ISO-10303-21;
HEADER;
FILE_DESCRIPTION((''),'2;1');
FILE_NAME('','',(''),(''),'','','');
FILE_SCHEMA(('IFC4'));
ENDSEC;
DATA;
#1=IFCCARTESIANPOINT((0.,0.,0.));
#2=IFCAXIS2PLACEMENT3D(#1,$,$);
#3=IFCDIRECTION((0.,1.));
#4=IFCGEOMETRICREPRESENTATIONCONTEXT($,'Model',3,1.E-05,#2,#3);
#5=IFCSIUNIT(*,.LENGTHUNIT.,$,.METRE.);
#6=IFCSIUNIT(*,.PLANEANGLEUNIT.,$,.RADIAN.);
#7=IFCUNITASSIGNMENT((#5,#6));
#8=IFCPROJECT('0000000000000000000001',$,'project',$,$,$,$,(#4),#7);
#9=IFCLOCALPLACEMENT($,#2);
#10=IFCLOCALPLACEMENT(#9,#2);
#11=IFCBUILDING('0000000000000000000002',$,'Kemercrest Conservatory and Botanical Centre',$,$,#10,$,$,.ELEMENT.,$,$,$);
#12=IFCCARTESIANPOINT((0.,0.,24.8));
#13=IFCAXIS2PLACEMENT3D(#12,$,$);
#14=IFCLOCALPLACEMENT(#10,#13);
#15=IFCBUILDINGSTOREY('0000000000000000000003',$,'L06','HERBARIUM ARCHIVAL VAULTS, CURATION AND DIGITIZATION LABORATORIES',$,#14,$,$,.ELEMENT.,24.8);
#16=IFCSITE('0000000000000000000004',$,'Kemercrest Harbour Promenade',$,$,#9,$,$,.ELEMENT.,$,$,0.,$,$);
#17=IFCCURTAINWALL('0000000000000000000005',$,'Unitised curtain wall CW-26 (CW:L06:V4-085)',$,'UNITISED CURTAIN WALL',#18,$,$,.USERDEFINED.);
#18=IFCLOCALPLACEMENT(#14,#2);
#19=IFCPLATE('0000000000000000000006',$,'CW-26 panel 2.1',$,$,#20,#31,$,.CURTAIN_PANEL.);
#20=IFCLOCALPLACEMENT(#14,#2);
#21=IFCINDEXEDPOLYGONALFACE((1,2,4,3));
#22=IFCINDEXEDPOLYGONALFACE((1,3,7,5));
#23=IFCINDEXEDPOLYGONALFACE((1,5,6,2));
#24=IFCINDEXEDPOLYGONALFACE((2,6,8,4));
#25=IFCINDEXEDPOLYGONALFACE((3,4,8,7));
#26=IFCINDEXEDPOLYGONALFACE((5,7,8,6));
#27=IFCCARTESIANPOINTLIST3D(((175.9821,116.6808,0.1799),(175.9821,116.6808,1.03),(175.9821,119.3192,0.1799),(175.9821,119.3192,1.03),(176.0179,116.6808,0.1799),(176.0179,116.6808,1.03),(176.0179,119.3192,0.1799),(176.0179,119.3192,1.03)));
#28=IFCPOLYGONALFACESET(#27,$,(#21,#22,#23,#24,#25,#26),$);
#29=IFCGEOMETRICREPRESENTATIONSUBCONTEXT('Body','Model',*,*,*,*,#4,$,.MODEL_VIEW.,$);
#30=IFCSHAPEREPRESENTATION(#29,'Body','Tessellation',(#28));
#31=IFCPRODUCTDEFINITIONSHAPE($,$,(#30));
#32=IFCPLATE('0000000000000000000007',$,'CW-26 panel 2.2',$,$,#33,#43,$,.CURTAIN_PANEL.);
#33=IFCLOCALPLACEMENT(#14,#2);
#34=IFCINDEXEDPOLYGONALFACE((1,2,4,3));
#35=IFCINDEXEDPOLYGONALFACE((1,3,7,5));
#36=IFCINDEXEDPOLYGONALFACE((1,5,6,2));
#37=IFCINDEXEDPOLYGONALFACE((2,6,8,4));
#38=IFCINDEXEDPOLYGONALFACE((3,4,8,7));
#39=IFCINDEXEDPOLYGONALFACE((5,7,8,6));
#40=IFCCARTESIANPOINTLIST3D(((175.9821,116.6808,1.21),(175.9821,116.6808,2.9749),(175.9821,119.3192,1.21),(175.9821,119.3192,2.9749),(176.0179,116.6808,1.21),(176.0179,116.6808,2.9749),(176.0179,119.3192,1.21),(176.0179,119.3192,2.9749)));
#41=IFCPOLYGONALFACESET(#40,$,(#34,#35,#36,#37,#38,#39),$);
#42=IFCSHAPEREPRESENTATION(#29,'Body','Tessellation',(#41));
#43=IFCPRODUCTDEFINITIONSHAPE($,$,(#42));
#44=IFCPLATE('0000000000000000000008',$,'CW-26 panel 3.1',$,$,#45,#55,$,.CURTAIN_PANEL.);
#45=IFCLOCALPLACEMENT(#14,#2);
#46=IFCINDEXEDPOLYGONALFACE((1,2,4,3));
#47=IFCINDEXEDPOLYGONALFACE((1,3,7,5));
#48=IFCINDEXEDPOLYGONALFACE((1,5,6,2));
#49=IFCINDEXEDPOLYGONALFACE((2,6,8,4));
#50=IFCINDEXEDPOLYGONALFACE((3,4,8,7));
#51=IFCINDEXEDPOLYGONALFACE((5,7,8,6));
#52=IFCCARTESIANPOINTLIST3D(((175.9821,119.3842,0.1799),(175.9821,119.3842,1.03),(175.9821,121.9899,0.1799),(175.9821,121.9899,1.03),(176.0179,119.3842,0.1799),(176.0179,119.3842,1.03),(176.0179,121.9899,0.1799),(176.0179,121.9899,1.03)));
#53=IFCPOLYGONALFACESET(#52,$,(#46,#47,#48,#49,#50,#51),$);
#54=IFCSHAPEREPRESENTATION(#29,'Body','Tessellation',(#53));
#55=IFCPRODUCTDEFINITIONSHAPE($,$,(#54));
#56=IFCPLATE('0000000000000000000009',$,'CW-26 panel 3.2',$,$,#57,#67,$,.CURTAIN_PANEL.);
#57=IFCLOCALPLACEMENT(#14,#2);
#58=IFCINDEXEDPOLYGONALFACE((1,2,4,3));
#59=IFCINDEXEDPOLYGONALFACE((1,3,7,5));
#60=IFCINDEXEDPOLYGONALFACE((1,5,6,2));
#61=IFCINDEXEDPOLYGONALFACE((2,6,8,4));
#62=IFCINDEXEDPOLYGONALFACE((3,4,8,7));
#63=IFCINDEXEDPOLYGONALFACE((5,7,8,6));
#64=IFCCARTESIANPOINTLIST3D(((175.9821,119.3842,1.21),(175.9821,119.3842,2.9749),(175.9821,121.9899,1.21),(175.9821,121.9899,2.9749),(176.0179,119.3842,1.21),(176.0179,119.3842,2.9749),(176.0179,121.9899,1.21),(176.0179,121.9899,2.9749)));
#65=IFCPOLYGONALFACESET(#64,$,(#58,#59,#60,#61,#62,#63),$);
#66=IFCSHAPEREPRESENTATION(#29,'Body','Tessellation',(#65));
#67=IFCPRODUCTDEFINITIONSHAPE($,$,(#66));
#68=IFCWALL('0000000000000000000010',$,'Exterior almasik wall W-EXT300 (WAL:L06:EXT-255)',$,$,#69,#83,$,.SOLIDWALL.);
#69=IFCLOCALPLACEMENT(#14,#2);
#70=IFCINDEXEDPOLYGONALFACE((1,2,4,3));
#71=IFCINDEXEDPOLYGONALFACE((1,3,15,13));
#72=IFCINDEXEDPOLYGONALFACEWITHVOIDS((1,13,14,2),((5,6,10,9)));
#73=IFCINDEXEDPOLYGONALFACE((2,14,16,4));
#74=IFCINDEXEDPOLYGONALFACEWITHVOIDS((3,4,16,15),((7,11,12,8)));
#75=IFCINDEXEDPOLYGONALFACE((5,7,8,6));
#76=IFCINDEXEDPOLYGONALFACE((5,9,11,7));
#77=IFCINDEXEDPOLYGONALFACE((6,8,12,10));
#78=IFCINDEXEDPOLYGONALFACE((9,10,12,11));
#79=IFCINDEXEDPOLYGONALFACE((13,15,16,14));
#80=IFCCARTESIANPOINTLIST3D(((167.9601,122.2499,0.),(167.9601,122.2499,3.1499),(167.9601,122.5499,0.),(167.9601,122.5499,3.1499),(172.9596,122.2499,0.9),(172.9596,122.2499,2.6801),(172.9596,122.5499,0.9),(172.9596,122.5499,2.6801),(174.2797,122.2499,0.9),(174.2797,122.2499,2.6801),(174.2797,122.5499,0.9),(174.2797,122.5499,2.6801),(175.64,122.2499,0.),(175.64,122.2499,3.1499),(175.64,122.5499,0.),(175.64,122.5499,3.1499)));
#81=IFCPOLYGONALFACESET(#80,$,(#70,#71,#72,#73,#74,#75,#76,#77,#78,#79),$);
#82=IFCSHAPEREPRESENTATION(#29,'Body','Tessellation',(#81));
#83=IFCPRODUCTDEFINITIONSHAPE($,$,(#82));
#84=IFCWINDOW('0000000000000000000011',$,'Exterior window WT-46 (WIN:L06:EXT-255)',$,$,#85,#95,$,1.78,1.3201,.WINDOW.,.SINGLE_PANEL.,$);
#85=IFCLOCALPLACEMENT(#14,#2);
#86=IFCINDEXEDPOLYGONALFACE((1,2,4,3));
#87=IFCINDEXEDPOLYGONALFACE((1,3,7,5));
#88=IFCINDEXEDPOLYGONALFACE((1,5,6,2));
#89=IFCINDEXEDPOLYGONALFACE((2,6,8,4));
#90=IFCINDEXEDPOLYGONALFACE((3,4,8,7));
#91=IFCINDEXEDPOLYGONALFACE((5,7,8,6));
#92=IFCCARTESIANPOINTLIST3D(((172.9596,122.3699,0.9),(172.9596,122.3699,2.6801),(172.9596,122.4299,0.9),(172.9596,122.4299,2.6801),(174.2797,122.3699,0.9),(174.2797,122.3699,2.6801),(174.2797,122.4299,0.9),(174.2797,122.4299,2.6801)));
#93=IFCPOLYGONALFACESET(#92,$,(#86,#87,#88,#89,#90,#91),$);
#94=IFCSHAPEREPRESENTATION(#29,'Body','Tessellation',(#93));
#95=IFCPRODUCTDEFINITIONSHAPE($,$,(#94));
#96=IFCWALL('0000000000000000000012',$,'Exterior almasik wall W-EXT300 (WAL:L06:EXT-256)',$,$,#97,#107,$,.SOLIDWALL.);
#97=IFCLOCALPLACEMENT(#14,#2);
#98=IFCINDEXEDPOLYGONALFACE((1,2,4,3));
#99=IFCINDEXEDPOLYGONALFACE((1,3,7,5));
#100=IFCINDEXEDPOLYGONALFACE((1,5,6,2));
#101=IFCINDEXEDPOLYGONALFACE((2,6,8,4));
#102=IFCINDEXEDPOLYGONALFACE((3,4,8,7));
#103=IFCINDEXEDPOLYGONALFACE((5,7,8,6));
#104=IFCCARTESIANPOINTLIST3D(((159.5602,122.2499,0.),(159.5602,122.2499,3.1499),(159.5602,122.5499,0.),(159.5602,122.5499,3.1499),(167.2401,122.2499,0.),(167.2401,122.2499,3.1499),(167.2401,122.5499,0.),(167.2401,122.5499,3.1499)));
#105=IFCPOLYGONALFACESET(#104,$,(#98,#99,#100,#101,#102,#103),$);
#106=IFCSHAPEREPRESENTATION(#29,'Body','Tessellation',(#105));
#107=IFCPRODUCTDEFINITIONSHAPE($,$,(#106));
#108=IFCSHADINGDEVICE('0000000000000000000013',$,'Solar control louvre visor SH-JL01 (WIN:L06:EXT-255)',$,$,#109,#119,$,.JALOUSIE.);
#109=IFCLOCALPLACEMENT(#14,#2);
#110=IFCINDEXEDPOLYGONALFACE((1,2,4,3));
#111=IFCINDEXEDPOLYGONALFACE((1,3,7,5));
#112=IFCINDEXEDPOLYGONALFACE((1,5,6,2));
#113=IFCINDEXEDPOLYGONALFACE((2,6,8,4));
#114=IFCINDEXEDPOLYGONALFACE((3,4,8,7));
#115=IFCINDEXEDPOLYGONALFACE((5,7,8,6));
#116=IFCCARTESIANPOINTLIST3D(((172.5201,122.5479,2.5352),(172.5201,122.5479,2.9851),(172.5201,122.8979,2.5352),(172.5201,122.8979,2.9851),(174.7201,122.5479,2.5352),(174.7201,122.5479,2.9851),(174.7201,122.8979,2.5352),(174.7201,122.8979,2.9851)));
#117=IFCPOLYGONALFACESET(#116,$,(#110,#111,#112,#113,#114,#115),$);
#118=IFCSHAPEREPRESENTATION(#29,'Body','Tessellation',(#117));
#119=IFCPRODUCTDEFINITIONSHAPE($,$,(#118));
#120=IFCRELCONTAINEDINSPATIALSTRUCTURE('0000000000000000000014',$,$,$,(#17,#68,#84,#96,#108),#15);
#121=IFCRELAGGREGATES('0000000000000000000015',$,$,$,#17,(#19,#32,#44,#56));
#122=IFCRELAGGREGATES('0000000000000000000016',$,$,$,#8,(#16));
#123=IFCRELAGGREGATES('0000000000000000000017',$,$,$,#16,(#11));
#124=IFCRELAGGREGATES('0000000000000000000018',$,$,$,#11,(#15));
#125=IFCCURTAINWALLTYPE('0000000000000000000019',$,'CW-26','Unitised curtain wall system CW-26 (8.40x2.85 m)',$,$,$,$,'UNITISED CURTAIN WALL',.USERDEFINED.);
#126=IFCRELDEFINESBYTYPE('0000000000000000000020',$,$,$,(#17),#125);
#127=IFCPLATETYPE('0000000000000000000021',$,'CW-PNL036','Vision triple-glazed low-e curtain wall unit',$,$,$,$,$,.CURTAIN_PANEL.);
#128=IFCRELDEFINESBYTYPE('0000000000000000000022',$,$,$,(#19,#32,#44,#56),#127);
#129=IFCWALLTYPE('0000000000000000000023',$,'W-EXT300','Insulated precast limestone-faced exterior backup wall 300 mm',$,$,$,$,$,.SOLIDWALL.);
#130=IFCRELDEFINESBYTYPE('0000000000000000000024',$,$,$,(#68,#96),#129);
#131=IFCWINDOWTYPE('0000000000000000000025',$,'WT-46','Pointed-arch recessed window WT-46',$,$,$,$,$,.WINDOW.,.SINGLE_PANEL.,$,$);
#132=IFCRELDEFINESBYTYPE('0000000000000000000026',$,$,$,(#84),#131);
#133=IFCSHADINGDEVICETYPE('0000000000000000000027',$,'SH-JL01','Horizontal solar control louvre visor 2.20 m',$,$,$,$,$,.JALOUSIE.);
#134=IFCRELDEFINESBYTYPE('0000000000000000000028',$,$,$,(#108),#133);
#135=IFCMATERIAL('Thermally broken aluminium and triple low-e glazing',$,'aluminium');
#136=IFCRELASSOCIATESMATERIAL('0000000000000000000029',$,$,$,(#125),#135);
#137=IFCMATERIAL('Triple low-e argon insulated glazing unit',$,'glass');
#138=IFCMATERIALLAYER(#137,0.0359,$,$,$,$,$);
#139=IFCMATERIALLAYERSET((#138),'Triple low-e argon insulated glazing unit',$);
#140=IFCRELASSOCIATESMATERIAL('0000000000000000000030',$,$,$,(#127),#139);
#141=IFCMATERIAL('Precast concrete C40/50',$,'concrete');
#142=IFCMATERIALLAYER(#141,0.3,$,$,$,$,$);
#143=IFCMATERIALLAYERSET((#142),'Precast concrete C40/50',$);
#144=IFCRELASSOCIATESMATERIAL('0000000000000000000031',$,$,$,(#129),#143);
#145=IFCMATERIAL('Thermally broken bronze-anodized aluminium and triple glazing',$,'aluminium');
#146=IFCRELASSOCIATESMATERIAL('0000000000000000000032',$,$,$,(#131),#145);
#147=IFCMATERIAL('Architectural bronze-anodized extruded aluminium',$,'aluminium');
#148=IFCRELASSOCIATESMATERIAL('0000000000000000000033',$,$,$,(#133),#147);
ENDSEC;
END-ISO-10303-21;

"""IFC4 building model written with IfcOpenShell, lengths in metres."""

from ifc_helpers import new_model, si_unit, direction, frame, frame_2d, origin, origin_2d, place, context, subcontext, project, spatial, rectangle, extrude, material, layer, layer_set, type_object, element, fill, aggregate, save


model = new_model("IFC4")

# Units and contexts
model_context = context("Model", 3, precision=1e-05, world=origin(), true_north=direction((0.0, 1.0)))
body_context = subcontext(model_context, "Body", "Model", "MODEL_VIEW")
ifc_project = project(units=[si_unit("LENGTHUNIT", "METRE"), si_unit("PLANEANGLEUNIT", "RADIAN")], contexts=[model_context])

# Site, building, storey
site_placement = place(None, origin())
site = spatial("IfcSite", under=ifc_project, at=site_placement, Name="Kemercrest Harbour Promenade", CompositionType="ELEMENT", RefElevation=0.0)
building_placement = place(site_placement, origin())
building = spatial("IfcBuilding", under=site, at=building_placement, Name="Kemercrest Conservatory and Botanical Centre", CompositionType="ELEMENT")
storey_placement = place(building_placement, frame((0.0, 0.0, 24.8)))
storey = spatial("IfcBuildingStorey", under=building, at=storey_placement, Name="L06", Description="HERBARIUM ARCHIVAL VAULTS, CURATION AND DIGITIZATION LABORATORIES", CompositionType="ELEMENT", Elevation=24.8)

# Curtain wall
ifc_material_1 = material(Name="Thermally broken aluminium and triple low-e glazing", Category="aluminium")
curtain_wall_type = type_object("IfcCurtainWallType", Name="CW-26", Description="Unitised curtain wall system CW-26 (8.40x2.85 m)", ElementType="UNITISED CURTAIN WALL", PredefinedType="USERDEFINED", material=ifc_material_1)
curtain_wall_placement = place(storey_placement, origin())
curtain_wall = element("IfcCurtainWall", 1, at=curtain_wall_placement, inside=storey, type_object=curtain_wall_type, Name="Unitised curtain wall CW-26 (CW:L06:V4-085)", ObjectType="UNITISED CURTAIN WALL", PredefinedType="USERDEFINED")

# Plates
ifc_material_2 = material(Name="Triple low-e argon insulated glazing unit", Category="glass")
ifc_layer_1 = layer(ifc_material_2, 0.0359)
ifc_layer_set_1 = layer_set([ifc_layer_1], Name="Triple low-e argon insulated glazing unit")
plate_type = type_object("IfcPlateType", Name="CW-PNL036", Description="Vision triple-glazed low-e curtain wall unit", PredefinedType="CURTAIN_PANEL", material=ifc_layer_set_1)
plate_1_placement = place(storey_placement, frame((176.0, 118.0, 0.1799), z_axis=(0.0, 0.0, 1.0), x_axis=(0.0, 1.0, 0.0)))
plate_1 = element("IfcPlate", 2, at=plate_1_placement, type_object=plate_type, Name="CW-26 panel 2.1", PredefinedType="CURTAIN_PANEL", context=body_context, shape_type="SweptSolid", body=[
    extrude(rectangle(XDim=2.6384, YDim=0.0359, at=origin_2d()), origin(), (0.0, 0.0, 1.0), 0.8501),
])
plate_2_placement = place(storey_placement, frame((176.0, 118.0, 1.21), z_axis=(0.0, 0.0, 1.0), x_axis=(0.0, 1.0, 0.0)))
plate_2 = element("IfcPlate", 3, at=plate_2_placement, type_object=plate_type, Name="CW-26 panel 2.2", PredefinedType="CURTAIN_PANEL", context=body_context, shape_type="SweptSolid", body=[
    extrude(rectangle(XDim=2.6384, YDim=0.0359, at=origin_2d()), origin(), (0.0, 0.0, 1.0), 1.7649),
])
plate_3_placement = place(storey_placement, frame((176.0, 120.687, 0.1799), z_axis=(0.0, 0.0, 1.0), x_axis=(0.0, 1.0, 0.0)))
plate_3 = element("IfcPlate", 4, at=plate_3_placement, type_object=plate_type, Name="CW-26 panel 3.1", PredefinedType="CURTAIN_PANEL", context=body_context, shape_type="SweptSolid", body=[
    extrude(rectangle(XDim=2.6057, YDim=0.0359, at=origin_2d()), origin(), (0.0, 0.0, 1.0), 0.8501),
])
plate_4_placement = place(storey_placement, frame((176.0, 120.687, 1.21), z_axis=(0.0, 0.0, 1.0), x_axis=(0.0, 1.0, 0.0)))
plate_4 = element("IfcPlate", 5, at=plate_4_placement, type_object=plate_type, Name="CW-26 panel 3.2", PredefinedType="CURTAIN_PANEL", context=body_context, shape_type="SweptSolid", body=[
    extrude(rectangle(XDim=2.6057, YDim=0.0359, at=origin_2d()), origin(), (0.0, 0.0, 1.0), 1.7649),
])
aggregate(curtain_wall, [plate_1, plate_2, plate_3, plate_4])

# Wall, opening, window
ifc_material_3 = material(Name="Precast concrete C40/50", Category="concrete")
ifc_layer_2 = layer(ifc_material_3, 0.3)
ifc_layer_set_2 = layer_set([ifc_layer_2], Name="Precast concrete C40/50")
wall_type = type_object("IfcWallType", Name="W-EXT300", Description="Insulated precast limestone-faced exterior backup wall 300 mm", PredefinedType="SOLIDWALL", material=ifc_layer_set_2)
wall_1_placement = place(storey_placement, frame((175.6399, 122.3999, 0.0), z_axis=(0.0, 0.0, 1.0), x_axis=(-1.0, 0.0, 0.0)))
wall_1 = element("IfcWall", 6, at=wall_1_placement, inside=storey, type_object=wall_type, Name="Exterior almasik wall W-EXT300 (WAL:L06:EXT-255)", PredefinedType="SOLIDWALL", context=body_context, shape_type="SweptSolid", body=[
    extrude(rectangle(XDim=7.6799, YDim=0.3, at=frame_2d((3.8398, 0.0))), origin(), (0.0, 0.0, 1.0), 3.1499),
])
opening_placement = place(wall_1_placement, frame((1.3601, 0.0, 0.8999)))
opening = element("IfcOpeningElement", 7, at=opening_placement, cuts=wall_1, PredefinedType="OPENING", context=body_context, shape_type="SweptSolid", body=[
    extrude(rectangle(XDim=1.3201, YDim=1.78, at=frame_2d((0.6602, 0.8901))), frame((0.0, 0.1602, 0.0), z_axis=(0.0, -1.0, 0.0), x_axis=(1.0, 0.0, 0.0)), (0.0, 0.0, 1.0), 0.3201),
])
ifc_material_4 = material(Name="Thermally broken bronze-anodized aluminium and triple glazing", Category="aluminium")
window_type = type_object("IfcWindowType", Name="WT-46", Description="Pointed-arch recessed window WT-46", PartitioningType="SINGLE_PANEL", PredefinedType="WINDOW", material=ifc_material_4)
window_placement = place(opening_placement, origin())
window = element("IfcWindow", 8, at=window_placement, inside=storey, type_object=window_type, Name="Exterior window WT-46 (WIN:L06:EXT-255)", OverallHeight=1.78, OverallWidth=1.3201, PartitioningType="SINGLE_PANEL", PredefinedType="WINDOW", context=body_context, shape_type="SweptSolid", body=[
    extrude(rectangle(XDim=1.3201, YDim=1.78, at=frame_2d((0.6602, 0.8901))), frame((0.0, 0.03, 0.0), z_axis=(0.0, -1.0, 0.0), x_axis=(1.0, 0.0, 0.0)), (0.0, 0.0, 1.0), 0.0601),
])
fill(opening, window)

# Wall
wall_2_placement = place(storey_placement, frame((167.24, 122.3999, 0.0), z_axis=(0.0, 0.0, 1.0), x_axis=(-1.0, 0.0, 0.0)))
element("IfcWall", 9, at=wall_2_placement, inside=storey, type_object=wall_type, Name="Exterior almasik wall W-EXT300 (WAL:L06:EXT-256)", PredefinedType="SOLIDWALL", context=body_context, shape_type="SweptSolid", body=[
    extrude(rectangle(XDim=7.6799, YDim=0.3, at=frame_2d((3.8398, 0.0))), origin(), (0.0, 0.0, 1.0), 3.1499),
])

# Shading device
ifc_material_5 = material(Name="Architectural bronze-anodized extruded aluminium", Category="aluminium")
shading_device_type = type_object("IfcShadingDeviceType", Name="SH-JL01", Description="Horizontal solar control louvre visor 2.20 m", PredefinedType="JALOUSIE", material=ifc_material_5)
shading_device_placement = place(storey_placement, frame((173.6201, 122.7229, 2.5352), z_axis=(0.0, 0.0, 1.0), x_axis=(-1.0, 0.0, 0.0)))
element("IfcShadingDevice", 10, at=shading_device_placement, inside=storey, type_object=shading_device_type, Name="Solar control louvre visor SH-JL01 (WIN:L06:EXT-255)", PredefinedType="JALOUSIE", context=body_context, shape_type="SweptSolid", body=[
    extrude(rectangle(XDim=2.2, YDim=0.3501, at=origin_2d()), origin(), (0.0, 0.0, 1.0), 0.45),
])

save(model, "model.ifc")
